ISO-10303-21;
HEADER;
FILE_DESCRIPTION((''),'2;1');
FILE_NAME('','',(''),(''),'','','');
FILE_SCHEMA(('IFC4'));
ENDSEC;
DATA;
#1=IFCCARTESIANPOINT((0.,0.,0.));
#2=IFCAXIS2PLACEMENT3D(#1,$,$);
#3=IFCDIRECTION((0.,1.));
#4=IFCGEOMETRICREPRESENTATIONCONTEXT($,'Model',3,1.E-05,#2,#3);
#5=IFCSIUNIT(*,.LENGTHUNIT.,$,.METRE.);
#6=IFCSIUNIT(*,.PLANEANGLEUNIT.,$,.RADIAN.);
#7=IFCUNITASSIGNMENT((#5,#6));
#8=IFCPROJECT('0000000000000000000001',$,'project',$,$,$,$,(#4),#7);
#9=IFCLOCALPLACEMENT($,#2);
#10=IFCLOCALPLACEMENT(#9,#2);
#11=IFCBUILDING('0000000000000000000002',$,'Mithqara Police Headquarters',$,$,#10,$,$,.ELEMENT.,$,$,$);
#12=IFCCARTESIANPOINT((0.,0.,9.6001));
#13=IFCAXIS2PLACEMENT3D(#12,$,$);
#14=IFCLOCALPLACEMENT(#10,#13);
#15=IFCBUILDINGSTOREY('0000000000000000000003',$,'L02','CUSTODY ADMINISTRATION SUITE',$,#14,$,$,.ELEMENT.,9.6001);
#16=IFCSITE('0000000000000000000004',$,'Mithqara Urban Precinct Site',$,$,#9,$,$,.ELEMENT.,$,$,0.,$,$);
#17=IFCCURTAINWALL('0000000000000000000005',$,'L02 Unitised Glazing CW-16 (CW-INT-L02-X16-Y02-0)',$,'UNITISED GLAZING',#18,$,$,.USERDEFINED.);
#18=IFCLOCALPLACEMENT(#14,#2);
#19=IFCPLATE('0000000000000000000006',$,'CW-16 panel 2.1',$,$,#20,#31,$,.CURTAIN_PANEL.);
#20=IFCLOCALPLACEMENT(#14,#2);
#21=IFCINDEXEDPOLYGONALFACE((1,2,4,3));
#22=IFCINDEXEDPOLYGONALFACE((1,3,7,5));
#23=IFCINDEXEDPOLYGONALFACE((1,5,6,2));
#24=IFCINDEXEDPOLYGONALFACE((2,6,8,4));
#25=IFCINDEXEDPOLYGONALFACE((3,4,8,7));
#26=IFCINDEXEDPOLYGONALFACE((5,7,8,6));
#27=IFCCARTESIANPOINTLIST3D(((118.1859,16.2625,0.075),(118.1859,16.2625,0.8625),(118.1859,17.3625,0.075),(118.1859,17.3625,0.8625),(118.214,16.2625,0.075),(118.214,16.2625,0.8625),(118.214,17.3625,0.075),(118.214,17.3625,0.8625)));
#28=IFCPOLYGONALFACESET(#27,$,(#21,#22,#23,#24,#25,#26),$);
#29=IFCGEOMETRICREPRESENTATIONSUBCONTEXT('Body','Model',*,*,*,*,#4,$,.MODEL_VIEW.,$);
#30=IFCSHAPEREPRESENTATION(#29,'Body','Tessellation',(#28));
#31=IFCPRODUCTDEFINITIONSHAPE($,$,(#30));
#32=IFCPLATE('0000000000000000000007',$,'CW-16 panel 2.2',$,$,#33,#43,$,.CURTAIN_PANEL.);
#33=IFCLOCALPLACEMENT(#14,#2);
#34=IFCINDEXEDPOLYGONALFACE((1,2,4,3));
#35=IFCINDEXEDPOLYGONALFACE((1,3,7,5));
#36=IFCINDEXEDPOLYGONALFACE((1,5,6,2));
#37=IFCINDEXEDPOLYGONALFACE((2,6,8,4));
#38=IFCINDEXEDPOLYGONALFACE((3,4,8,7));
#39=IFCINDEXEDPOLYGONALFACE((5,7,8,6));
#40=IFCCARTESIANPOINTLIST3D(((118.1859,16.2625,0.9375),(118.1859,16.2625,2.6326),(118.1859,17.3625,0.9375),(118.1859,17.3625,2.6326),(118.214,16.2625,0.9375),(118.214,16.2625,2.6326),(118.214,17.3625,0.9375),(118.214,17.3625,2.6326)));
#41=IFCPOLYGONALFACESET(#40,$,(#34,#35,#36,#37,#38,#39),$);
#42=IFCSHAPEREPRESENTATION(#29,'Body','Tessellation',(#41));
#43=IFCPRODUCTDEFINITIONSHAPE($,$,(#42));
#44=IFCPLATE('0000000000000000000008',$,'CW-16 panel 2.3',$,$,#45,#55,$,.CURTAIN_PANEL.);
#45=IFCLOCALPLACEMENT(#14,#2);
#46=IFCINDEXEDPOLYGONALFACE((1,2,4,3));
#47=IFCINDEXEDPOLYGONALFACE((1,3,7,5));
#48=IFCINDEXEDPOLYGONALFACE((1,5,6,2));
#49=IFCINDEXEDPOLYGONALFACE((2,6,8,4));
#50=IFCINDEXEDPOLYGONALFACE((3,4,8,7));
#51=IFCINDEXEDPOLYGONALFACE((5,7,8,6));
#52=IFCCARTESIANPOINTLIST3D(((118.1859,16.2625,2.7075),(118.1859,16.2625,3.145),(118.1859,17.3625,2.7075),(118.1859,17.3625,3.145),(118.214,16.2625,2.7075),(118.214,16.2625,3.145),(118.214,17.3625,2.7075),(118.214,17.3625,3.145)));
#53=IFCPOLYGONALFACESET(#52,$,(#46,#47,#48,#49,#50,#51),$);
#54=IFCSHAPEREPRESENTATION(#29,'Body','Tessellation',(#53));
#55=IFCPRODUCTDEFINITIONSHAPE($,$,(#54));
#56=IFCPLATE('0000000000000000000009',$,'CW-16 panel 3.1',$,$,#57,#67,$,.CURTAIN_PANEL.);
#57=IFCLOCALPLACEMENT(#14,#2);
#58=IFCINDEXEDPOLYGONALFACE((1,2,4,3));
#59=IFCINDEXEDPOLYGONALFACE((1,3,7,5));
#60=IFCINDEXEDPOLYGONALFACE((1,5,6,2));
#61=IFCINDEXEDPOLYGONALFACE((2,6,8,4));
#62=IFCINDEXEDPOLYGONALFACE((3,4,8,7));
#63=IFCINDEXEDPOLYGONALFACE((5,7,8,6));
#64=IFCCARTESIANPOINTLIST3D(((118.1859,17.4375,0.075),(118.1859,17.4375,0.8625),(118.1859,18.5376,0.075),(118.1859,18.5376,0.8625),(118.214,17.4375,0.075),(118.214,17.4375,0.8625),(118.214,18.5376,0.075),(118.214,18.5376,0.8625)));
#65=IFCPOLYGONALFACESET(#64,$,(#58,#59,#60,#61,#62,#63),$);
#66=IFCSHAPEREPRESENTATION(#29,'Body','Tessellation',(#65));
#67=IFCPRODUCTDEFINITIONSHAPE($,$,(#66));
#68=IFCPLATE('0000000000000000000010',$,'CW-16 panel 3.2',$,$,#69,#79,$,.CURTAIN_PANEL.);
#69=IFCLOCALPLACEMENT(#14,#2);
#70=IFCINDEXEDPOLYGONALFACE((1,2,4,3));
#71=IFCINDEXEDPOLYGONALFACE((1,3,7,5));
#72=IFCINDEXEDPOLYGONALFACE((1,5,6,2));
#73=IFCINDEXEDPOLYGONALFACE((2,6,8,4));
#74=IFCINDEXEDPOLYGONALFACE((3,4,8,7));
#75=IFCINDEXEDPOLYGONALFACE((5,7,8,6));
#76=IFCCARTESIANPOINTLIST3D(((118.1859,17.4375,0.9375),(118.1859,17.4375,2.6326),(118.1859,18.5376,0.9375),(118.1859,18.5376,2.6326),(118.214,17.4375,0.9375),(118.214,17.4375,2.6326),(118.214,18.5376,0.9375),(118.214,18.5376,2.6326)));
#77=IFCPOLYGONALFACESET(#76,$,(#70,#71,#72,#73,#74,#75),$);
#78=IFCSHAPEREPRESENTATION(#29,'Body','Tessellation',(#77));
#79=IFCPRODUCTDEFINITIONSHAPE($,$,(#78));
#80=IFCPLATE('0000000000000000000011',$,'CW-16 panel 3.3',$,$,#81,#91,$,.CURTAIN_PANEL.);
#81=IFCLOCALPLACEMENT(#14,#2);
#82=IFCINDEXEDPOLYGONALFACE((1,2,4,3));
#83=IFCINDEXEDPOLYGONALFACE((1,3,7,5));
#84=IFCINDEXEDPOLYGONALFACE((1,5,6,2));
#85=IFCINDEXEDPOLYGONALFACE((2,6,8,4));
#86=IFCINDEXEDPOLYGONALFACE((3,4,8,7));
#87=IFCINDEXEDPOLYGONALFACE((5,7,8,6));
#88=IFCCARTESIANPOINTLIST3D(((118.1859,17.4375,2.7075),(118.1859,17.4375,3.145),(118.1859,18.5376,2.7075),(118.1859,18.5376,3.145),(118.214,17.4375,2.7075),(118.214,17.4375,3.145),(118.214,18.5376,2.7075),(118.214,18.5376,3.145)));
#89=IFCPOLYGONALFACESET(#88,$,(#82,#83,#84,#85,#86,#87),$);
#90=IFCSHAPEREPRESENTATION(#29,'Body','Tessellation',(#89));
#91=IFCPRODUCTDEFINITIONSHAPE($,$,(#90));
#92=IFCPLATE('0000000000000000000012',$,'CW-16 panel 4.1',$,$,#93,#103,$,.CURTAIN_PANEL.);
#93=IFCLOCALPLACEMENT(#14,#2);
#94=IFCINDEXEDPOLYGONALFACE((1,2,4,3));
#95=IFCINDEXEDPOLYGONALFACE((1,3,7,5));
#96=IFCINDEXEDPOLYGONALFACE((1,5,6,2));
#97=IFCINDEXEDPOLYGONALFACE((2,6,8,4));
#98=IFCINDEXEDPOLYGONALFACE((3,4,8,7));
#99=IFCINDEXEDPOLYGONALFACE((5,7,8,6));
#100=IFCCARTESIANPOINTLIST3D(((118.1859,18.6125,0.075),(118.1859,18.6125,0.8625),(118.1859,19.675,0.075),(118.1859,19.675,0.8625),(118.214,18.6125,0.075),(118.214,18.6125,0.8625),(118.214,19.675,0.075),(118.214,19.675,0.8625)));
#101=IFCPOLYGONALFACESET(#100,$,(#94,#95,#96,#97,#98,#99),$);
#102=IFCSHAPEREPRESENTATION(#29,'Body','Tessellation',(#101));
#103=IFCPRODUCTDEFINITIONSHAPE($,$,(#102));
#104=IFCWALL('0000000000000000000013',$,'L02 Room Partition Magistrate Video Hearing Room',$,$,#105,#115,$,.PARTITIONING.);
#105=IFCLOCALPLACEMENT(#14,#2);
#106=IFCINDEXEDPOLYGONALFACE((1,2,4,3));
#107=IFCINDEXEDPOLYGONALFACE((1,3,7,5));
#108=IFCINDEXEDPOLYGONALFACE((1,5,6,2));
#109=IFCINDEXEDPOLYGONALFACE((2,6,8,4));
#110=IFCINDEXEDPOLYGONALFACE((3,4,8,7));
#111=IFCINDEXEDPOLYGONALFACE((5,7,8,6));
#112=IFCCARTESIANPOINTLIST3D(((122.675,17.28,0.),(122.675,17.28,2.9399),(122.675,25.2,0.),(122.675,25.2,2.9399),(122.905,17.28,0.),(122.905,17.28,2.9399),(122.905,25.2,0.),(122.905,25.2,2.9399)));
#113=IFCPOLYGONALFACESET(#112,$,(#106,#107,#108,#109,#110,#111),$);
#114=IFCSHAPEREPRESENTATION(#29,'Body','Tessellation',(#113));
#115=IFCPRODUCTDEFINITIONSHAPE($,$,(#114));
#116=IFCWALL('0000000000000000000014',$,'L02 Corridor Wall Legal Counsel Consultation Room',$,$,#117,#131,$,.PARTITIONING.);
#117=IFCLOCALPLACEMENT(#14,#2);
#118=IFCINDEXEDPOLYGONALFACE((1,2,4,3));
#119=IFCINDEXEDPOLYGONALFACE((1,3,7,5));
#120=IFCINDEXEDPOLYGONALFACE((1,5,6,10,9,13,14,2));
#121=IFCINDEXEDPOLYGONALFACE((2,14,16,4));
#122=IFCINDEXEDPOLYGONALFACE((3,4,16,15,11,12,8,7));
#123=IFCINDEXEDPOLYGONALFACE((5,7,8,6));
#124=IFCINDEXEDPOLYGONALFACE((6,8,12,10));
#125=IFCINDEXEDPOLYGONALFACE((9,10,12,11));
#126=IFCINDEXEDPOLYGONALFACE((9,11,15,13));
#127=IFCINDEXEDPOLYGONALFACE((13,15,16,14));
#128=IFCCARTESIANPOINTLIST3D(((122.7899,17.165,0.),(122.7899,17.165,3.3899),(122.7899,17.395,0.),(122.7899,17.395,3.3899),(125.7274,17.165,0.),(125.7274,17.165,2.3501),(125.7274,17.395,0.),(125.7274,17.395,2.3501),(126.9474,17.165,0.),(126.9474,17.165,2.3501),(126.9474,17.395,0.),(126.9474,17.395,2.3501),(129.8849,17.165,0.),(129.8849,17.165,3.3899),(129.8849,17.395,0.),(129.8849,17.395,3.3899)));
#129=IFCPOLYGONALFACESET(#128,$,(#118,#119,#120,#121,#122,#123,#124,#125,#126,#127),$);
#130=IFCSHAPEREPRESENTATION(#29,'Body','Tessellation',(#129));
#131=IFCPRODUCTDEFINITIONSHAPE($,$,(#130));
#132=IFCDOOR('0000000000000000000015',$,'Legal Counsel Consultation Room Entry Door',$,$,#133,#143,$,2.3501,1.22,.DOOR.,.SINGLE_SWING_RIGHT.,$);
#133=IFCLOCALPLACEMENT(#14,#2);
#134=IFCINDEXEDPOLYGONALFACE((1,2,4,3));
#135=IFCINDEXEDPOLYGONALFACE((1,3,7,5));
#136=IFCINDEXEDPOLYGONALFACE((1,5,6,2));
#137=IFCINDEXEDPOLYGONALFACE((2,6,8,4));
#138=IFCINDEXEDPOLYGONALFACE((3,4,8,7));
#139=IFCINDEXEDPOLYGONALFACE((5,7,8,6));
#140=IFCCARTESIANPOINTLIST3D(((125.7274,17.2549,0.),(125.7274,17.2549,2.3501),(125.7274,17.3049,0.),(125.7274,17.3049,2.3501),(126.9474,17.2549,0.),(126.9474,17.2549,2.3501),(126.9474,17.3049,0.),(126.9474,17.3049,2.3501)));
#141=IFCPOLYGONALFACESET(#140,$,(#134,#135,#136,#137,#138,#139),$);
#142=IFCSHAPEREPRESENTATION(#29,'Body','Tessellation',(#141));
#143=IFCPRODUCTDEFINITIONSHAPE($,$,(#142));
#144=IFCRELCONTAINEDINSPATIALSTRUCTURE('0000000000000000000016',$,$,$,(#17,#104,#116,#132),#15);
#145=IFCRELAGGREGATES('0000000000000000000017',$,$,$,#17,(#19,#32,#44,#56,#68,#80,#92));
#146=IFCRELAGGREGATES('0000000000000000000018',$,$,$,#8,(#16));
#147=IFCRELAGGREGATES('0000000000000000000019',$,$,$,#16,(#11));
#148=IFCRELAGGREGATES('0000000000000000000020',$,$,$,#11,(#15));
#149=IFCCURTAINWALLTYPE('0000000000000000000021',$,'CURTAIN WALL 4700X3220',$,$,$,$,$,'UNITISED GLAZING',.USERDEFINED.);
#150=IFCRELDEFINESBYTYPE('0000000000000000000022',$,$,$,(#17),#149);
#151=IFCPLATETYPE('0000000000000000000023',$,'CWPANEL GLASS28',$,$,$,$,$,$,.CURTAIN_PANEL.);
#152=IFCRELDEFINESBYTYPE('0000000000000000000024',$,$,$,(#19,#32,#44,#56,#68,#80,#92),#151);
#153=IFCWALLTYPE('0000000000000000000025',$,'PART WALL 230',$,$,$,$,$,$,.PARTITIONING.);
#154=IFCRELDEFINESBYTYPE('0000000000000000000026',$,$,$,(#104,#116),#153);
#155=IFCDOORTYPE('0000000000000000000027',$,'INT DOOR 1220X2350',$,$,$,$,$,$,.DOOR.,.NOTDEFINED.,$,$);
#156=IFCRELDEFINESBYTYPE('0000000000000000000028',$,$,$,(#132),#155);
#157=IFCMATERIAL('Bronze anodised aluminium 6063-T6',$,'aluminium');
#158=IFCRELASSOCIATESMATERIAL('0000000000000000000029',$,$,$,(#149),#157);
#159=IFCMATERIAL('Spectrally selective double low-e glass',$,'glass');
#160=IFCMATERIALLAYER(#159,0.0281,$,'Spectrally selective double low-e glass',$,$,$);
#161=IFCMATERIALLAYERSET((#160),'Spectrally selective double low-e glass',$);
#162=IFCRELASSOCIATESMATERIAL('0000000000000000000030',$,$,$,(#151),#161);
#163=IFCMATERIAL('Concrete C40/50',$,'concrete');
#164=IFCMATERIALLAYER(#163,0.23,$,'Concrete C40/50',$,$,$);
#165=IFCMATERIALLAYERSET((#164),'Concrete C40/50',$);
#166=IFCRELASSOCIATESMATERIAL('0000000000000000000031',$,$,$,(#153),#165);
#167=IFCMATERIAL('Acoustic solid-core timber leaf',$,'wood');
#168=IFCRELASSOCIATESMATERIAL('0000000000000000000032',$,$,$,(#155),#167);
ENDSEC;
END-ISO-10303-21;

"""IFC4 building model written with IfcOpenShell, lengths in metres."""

from ifc_helpers import new_model, si_unit, direction, frame, frame_2d, origin, origin_2d, place, context, subcontext, project, spatial, rectangle, extrude, material, layer, layer_set, type_object, element, fill, aggregate, save


model = new_model("IFC4")

# Units and contexts
model_context = context("Model", 3, precision=1e-05, world=origin(), true_north=direction((0.0, 1.0)))
body_context = subcontext(model_context, "Body", "Model", "MODEL_VIEW")
ifc_project = project(units=[si_unit("LENGTHUNIT", "METRE"), si_unit("PLANEANGLEUNIT", "RADIAN")], contexts=[model_context])

# Site, building, storey
site_placement = place(None, origin())
site = spatial("IfcSite", under=ifc_project, at=site_placement, Name="Mithqara Urban Precinct Site", CompositionType="ELEMENT", RefElevation=0.0)
building_placement = place(site_placement, origin())
building = spatial("IfcBuilding", under=site, at=building_placement, Name="Mithqara Police Headquarters", CompositionType="ELEMENT")
storey_placement = place(building_placement, frame((0.0, 0.0, 9.6001)))
storey = spatial("IfcBuildingStorey", under=building, at=storey_placement, Name="L02", Description="CUSTODY ADMINISTRATION SUITE", CompositionType="ELEMENT", Elevation=9.6001)

# Curtain wall, plates
ifc_material_1 = material(Name="Bronze anodised aluminium 6063-T6", Category="aluminium")
curtain_wall_type = type_object("IfcCurtainWallType", Name="CURTAIN WALL 4700X3220", ElementType="UNITISED GLAZING", PredefinedType="USERDEFINED", material=ifc_material_1)
curtain_wall_placement = place(storey_placement, origin())
curtain_wall = element("IfcCurtainWall", 1, at=curtain_wall_placement, inside=storey, type_object=curtain_wall_type, Name="L02 Unitised Glazing CW-16 (CW-INT-L02-X16-Y02-0)", ObjectType="UNITISED GLAZING", PredefinedType="USERDEFINED")
ifc_material_2 = material(Name="Spectrally selective double low-e glass", Category="glass")
ifc_layer_1 = layer(ifc_material_2, 0.0281, Name="Spectrally selective double low-e glass")
ifc_layer_set_1 = layer_set([ifc_layer_1], Name="Spectrally selective double low-e glass")
plate_type = type_object("IfcPlateType", Name="CWPANEL GLASS28", PredefinedType="CURTAIN_PANEL", material=ifc_layer_set_1)
plate_1_placement = place(storey_placement, frame((118.2, 16.8125, 0.075), z_axis=(0.0, 0.0, 1.0), x_axis=(0.0, 1.0, 0.0)))
plate_1 = element("IfcPlate", 2, at=plate_1_placement, type_object=plate_type, Name="CW-16 panel 2.1", PredefinedType="CURTAIN_PANEL", context=body_context, shape_type="SweptSolid", body=[
    extrude(rectangle(XDim=1.1001, YDim=0.0281, at=origin_2d()), origin(), (0.0, 0.0, 1.0), 0.7876),
])
plate_2_placement = place(storey_placement, frame((118.2, 16.8125, 0.9375), z_axis=(0.0, 0.0, 1.0), x_axis=(0.0, 1.0, 0.0)))
plate_2 = element("IfcPlate", 3, at=plate_2_placement, type_object=plate_type, Name="CW-16 panel 2.2", PredefinedType="CURTAIN_PANEL", context=body_context, shape_type="SweptSolid", body=[
    extrude(rectangle(XDim=1.1001, YDim=0.0281, at=origin_2d()), origin(), (0.0, 0.0, 1.0), 1.6951),
])
plate_3_placement = place(storey_placement, frame((118.2, 16.8125, 2.7075), z_axis=(0.0, 0.0, 1.0), x_axis=(0.0, 1.0, 0.0)))
plate_3 = element("IfcPlate", 4, at=plate_3_placement, type_object=plate_type, Name="CW-16 panel 2.3", PredefinedType="CURTAIN_PANEL", context=body_context, shape_type="SweptSolid", body=[
    extrude(rectangle(XDim=1.1001, YDim=0.0281, at=origin_2d()), origin(), (0.0, 0.0, 1.0), 0.4375),
])
plate_4_placement = place(storey_placement, frame((118.2, 17.9875, 0.075), z_axis=(0.0, 0.0, 1.0), x_axis=(0.0, 1.0, 0.0)))
plate_4 = element("IfcPlate", 5, at=plate_4_placement, type_object=plate_type, Name="CW-16 panel 3.1", PredefinedType="CURTAIN_PANEL", context=body_context, shape_type="SweptSolid", body=[
    extrude(rectangle(XDim=1.1001, YDim=0.0281, at=origin_2d()), origin(), (0.0, 0.0, 1.0), 0.7876),
])
plate_5_placement = place(storey_placement, frame((118.2, 17.9875, 0.9375), z_axis=(0.0, 0.0, 1.0), x_axis=(0.0, 1.0, 0.0)))
plate_5 = element("IfcPlate", 6, at=plate_5_placement, type_object=plate_type, Name="CW-16 panel 3.2", PredefinedType="CURTAIN_PANEL", context=body_context, shape_type="SweptSolid", body=[
    extrude(rectangle(XDim=1.1001, YDim=0.0281, at=origin_2d()), origin(), (0.0, 0.0, 1.0), 1.6951),
])
plate_6_placement = place(storey_placement, frame((118.2, 17.9875, 2.7075), z_axis=(0.0, 0.0, 1.0), x_axis=(0.0, 1.0, 0.0)))
plate_6 = element("IfcPlate", 7, at=plate_6_placement, type_object=plate_type, Name="CW-16 panel 3.3", PredefinedType="CURTAIN_PANEL", context=body_context, shape_type="SweptSolid", body=[
    extrude(rectangle(XDim=1.1001, YDim=0.0281, at=origin_2d()), origin(), (0.0, 0.0, 1.0), 0.4375),
])
plate_7_placement = place(storey_placement, frame((118.2, 19.1438, 0.075), z_axis=(0.0, 0.0, 1.0), x_axis=(0.0, 1.0, 0.0)))
plate_7 = element("IfcPlate", 8, at=plate_7_placement, type_object=plate_type, Name="CW-16 panel 4.1", PredefinedType="CURTAIN_PANEL", context=body_context, shape_type="SweptSolid", body=[
    extrude(rectangle(XDim=1.0625, YDim=0.0281, at=origin_2d()), origin(), (0.0, 0.0, 1.0), 0.7876),
])
aggregate(curtain_wall, [plate_1, plate_2, plate_3, plate_4, plate_5, plate_6, plate_7])

# Wall
ifc_material_3 = material(Name="Concrete C40/50", Category="concrete")
ifc_layer_2 = layer(ifc_material_3, 0.23, Name="Concrete C40/50")
ifc_layer_set_2 = layer_set([ifc_layer_2], Name="Concrete C40/50")
wall_type = type_object("IfcWallType", Name="PART WALL 230", PredefinedType="PARTITIONING", material=ifc_layer_set_2)
wall_1_placement = place(storey_placement, frame((122.79, 17.28, 0.0), z_axis=(0.0, 0.0, 1.0), x_axis=(0.0, 1.0, 0.0)))
element("IfcWall", 9, at=wall_1_placement, inside=storey, type_object=wall_type, Name="L02 Room Partition Magistrate Video Hearing Room", PredefinedType="PARTITIONING", context=body_context, shape_type="SweptSolid", body=[
    extrude(rectangle(XDim=7.9199, YDim=0.23, at=frame_2d((3.96, 0.0))), origin(), (0.0, 0.0, 1.0), 2.9399),
])

# Wall, opening, door
wall_2_placement = place(storey_placement, frame((122.79, 17.28, 0.0), z_axis=(0.0, 0.0, 1.0), x_axis=(1.0, 0.0, 0.0)))
wall_2 = element("IfcWall", 10, at=wall_2_placement, inside=storey, type_object=wall_type, Name="L02 Corridor Wall Legal Counsel Consultation Room", PredefinedType="PARTITIONING", context=body_context, shape_type="SweptSolid", body=[
    extrude(rectangle(XDim=7.095, YDim=0.23, at=frame_2d((3.5474, 0.0))), origin(), (0.0, 0.0, 1.0), 3.3899),
])
opening_placement = place(wall_2_placement, frame((2.9375, 0.0, 0.0)))
opening = element("IfcOpeningElement", 11, at=opening_placement, cuts=wall_2, PredefinedType="OPENING", context=body_context, shape_type="SweptSolid", body=[
    extrude(rectangle(XDim=1.22, YDim=2.3501, at=frame_2d((0.6099, 1.175))), frame((0.0, 0.125, 0.0), z_axis=(0.0, -1.0, 0.0), x_axis=(1.0, 0.0, 0.0)), (0.0, 0.0, 1.0), 0.25),
])
ifc_material_4 = material(Name="Acoustic solid-core timber leaf", Category="wood")
door_type = type_object("IfcDoorType", Name="INT DOOR 1220X2350", OperationType="NOTDEFINED", PredefinedType="DOOR", material=ifc_material_4)
door_placement = place(opening_placement, origin())
door = element("IfcDoor", 12, at=door_placement, inside=storey, type_object=door_type, Name="Legal Counsel Consultation Room Entry Door", OperationType="SINGLE_SWING_RIGHT", OverallHeight=2.3501, OverallWidth=1.22, PredefinedType="DOOR", context=body_context, shape_type="SweptSolid", body=[
    extrude(rectangle(XDim=1.22, YDim=2.3501, at=frame_2d((0.6099, 1.175))), frame((0.0, 0.0249, 0.0), z_axis=(0.0, -1.0, 0.0), x_axis=(1.0, 0.0, 0.0)), (0.0, 0.0, 1.0), 0.05),
])
fill(opening, door)

save(model, "model.ifc")
